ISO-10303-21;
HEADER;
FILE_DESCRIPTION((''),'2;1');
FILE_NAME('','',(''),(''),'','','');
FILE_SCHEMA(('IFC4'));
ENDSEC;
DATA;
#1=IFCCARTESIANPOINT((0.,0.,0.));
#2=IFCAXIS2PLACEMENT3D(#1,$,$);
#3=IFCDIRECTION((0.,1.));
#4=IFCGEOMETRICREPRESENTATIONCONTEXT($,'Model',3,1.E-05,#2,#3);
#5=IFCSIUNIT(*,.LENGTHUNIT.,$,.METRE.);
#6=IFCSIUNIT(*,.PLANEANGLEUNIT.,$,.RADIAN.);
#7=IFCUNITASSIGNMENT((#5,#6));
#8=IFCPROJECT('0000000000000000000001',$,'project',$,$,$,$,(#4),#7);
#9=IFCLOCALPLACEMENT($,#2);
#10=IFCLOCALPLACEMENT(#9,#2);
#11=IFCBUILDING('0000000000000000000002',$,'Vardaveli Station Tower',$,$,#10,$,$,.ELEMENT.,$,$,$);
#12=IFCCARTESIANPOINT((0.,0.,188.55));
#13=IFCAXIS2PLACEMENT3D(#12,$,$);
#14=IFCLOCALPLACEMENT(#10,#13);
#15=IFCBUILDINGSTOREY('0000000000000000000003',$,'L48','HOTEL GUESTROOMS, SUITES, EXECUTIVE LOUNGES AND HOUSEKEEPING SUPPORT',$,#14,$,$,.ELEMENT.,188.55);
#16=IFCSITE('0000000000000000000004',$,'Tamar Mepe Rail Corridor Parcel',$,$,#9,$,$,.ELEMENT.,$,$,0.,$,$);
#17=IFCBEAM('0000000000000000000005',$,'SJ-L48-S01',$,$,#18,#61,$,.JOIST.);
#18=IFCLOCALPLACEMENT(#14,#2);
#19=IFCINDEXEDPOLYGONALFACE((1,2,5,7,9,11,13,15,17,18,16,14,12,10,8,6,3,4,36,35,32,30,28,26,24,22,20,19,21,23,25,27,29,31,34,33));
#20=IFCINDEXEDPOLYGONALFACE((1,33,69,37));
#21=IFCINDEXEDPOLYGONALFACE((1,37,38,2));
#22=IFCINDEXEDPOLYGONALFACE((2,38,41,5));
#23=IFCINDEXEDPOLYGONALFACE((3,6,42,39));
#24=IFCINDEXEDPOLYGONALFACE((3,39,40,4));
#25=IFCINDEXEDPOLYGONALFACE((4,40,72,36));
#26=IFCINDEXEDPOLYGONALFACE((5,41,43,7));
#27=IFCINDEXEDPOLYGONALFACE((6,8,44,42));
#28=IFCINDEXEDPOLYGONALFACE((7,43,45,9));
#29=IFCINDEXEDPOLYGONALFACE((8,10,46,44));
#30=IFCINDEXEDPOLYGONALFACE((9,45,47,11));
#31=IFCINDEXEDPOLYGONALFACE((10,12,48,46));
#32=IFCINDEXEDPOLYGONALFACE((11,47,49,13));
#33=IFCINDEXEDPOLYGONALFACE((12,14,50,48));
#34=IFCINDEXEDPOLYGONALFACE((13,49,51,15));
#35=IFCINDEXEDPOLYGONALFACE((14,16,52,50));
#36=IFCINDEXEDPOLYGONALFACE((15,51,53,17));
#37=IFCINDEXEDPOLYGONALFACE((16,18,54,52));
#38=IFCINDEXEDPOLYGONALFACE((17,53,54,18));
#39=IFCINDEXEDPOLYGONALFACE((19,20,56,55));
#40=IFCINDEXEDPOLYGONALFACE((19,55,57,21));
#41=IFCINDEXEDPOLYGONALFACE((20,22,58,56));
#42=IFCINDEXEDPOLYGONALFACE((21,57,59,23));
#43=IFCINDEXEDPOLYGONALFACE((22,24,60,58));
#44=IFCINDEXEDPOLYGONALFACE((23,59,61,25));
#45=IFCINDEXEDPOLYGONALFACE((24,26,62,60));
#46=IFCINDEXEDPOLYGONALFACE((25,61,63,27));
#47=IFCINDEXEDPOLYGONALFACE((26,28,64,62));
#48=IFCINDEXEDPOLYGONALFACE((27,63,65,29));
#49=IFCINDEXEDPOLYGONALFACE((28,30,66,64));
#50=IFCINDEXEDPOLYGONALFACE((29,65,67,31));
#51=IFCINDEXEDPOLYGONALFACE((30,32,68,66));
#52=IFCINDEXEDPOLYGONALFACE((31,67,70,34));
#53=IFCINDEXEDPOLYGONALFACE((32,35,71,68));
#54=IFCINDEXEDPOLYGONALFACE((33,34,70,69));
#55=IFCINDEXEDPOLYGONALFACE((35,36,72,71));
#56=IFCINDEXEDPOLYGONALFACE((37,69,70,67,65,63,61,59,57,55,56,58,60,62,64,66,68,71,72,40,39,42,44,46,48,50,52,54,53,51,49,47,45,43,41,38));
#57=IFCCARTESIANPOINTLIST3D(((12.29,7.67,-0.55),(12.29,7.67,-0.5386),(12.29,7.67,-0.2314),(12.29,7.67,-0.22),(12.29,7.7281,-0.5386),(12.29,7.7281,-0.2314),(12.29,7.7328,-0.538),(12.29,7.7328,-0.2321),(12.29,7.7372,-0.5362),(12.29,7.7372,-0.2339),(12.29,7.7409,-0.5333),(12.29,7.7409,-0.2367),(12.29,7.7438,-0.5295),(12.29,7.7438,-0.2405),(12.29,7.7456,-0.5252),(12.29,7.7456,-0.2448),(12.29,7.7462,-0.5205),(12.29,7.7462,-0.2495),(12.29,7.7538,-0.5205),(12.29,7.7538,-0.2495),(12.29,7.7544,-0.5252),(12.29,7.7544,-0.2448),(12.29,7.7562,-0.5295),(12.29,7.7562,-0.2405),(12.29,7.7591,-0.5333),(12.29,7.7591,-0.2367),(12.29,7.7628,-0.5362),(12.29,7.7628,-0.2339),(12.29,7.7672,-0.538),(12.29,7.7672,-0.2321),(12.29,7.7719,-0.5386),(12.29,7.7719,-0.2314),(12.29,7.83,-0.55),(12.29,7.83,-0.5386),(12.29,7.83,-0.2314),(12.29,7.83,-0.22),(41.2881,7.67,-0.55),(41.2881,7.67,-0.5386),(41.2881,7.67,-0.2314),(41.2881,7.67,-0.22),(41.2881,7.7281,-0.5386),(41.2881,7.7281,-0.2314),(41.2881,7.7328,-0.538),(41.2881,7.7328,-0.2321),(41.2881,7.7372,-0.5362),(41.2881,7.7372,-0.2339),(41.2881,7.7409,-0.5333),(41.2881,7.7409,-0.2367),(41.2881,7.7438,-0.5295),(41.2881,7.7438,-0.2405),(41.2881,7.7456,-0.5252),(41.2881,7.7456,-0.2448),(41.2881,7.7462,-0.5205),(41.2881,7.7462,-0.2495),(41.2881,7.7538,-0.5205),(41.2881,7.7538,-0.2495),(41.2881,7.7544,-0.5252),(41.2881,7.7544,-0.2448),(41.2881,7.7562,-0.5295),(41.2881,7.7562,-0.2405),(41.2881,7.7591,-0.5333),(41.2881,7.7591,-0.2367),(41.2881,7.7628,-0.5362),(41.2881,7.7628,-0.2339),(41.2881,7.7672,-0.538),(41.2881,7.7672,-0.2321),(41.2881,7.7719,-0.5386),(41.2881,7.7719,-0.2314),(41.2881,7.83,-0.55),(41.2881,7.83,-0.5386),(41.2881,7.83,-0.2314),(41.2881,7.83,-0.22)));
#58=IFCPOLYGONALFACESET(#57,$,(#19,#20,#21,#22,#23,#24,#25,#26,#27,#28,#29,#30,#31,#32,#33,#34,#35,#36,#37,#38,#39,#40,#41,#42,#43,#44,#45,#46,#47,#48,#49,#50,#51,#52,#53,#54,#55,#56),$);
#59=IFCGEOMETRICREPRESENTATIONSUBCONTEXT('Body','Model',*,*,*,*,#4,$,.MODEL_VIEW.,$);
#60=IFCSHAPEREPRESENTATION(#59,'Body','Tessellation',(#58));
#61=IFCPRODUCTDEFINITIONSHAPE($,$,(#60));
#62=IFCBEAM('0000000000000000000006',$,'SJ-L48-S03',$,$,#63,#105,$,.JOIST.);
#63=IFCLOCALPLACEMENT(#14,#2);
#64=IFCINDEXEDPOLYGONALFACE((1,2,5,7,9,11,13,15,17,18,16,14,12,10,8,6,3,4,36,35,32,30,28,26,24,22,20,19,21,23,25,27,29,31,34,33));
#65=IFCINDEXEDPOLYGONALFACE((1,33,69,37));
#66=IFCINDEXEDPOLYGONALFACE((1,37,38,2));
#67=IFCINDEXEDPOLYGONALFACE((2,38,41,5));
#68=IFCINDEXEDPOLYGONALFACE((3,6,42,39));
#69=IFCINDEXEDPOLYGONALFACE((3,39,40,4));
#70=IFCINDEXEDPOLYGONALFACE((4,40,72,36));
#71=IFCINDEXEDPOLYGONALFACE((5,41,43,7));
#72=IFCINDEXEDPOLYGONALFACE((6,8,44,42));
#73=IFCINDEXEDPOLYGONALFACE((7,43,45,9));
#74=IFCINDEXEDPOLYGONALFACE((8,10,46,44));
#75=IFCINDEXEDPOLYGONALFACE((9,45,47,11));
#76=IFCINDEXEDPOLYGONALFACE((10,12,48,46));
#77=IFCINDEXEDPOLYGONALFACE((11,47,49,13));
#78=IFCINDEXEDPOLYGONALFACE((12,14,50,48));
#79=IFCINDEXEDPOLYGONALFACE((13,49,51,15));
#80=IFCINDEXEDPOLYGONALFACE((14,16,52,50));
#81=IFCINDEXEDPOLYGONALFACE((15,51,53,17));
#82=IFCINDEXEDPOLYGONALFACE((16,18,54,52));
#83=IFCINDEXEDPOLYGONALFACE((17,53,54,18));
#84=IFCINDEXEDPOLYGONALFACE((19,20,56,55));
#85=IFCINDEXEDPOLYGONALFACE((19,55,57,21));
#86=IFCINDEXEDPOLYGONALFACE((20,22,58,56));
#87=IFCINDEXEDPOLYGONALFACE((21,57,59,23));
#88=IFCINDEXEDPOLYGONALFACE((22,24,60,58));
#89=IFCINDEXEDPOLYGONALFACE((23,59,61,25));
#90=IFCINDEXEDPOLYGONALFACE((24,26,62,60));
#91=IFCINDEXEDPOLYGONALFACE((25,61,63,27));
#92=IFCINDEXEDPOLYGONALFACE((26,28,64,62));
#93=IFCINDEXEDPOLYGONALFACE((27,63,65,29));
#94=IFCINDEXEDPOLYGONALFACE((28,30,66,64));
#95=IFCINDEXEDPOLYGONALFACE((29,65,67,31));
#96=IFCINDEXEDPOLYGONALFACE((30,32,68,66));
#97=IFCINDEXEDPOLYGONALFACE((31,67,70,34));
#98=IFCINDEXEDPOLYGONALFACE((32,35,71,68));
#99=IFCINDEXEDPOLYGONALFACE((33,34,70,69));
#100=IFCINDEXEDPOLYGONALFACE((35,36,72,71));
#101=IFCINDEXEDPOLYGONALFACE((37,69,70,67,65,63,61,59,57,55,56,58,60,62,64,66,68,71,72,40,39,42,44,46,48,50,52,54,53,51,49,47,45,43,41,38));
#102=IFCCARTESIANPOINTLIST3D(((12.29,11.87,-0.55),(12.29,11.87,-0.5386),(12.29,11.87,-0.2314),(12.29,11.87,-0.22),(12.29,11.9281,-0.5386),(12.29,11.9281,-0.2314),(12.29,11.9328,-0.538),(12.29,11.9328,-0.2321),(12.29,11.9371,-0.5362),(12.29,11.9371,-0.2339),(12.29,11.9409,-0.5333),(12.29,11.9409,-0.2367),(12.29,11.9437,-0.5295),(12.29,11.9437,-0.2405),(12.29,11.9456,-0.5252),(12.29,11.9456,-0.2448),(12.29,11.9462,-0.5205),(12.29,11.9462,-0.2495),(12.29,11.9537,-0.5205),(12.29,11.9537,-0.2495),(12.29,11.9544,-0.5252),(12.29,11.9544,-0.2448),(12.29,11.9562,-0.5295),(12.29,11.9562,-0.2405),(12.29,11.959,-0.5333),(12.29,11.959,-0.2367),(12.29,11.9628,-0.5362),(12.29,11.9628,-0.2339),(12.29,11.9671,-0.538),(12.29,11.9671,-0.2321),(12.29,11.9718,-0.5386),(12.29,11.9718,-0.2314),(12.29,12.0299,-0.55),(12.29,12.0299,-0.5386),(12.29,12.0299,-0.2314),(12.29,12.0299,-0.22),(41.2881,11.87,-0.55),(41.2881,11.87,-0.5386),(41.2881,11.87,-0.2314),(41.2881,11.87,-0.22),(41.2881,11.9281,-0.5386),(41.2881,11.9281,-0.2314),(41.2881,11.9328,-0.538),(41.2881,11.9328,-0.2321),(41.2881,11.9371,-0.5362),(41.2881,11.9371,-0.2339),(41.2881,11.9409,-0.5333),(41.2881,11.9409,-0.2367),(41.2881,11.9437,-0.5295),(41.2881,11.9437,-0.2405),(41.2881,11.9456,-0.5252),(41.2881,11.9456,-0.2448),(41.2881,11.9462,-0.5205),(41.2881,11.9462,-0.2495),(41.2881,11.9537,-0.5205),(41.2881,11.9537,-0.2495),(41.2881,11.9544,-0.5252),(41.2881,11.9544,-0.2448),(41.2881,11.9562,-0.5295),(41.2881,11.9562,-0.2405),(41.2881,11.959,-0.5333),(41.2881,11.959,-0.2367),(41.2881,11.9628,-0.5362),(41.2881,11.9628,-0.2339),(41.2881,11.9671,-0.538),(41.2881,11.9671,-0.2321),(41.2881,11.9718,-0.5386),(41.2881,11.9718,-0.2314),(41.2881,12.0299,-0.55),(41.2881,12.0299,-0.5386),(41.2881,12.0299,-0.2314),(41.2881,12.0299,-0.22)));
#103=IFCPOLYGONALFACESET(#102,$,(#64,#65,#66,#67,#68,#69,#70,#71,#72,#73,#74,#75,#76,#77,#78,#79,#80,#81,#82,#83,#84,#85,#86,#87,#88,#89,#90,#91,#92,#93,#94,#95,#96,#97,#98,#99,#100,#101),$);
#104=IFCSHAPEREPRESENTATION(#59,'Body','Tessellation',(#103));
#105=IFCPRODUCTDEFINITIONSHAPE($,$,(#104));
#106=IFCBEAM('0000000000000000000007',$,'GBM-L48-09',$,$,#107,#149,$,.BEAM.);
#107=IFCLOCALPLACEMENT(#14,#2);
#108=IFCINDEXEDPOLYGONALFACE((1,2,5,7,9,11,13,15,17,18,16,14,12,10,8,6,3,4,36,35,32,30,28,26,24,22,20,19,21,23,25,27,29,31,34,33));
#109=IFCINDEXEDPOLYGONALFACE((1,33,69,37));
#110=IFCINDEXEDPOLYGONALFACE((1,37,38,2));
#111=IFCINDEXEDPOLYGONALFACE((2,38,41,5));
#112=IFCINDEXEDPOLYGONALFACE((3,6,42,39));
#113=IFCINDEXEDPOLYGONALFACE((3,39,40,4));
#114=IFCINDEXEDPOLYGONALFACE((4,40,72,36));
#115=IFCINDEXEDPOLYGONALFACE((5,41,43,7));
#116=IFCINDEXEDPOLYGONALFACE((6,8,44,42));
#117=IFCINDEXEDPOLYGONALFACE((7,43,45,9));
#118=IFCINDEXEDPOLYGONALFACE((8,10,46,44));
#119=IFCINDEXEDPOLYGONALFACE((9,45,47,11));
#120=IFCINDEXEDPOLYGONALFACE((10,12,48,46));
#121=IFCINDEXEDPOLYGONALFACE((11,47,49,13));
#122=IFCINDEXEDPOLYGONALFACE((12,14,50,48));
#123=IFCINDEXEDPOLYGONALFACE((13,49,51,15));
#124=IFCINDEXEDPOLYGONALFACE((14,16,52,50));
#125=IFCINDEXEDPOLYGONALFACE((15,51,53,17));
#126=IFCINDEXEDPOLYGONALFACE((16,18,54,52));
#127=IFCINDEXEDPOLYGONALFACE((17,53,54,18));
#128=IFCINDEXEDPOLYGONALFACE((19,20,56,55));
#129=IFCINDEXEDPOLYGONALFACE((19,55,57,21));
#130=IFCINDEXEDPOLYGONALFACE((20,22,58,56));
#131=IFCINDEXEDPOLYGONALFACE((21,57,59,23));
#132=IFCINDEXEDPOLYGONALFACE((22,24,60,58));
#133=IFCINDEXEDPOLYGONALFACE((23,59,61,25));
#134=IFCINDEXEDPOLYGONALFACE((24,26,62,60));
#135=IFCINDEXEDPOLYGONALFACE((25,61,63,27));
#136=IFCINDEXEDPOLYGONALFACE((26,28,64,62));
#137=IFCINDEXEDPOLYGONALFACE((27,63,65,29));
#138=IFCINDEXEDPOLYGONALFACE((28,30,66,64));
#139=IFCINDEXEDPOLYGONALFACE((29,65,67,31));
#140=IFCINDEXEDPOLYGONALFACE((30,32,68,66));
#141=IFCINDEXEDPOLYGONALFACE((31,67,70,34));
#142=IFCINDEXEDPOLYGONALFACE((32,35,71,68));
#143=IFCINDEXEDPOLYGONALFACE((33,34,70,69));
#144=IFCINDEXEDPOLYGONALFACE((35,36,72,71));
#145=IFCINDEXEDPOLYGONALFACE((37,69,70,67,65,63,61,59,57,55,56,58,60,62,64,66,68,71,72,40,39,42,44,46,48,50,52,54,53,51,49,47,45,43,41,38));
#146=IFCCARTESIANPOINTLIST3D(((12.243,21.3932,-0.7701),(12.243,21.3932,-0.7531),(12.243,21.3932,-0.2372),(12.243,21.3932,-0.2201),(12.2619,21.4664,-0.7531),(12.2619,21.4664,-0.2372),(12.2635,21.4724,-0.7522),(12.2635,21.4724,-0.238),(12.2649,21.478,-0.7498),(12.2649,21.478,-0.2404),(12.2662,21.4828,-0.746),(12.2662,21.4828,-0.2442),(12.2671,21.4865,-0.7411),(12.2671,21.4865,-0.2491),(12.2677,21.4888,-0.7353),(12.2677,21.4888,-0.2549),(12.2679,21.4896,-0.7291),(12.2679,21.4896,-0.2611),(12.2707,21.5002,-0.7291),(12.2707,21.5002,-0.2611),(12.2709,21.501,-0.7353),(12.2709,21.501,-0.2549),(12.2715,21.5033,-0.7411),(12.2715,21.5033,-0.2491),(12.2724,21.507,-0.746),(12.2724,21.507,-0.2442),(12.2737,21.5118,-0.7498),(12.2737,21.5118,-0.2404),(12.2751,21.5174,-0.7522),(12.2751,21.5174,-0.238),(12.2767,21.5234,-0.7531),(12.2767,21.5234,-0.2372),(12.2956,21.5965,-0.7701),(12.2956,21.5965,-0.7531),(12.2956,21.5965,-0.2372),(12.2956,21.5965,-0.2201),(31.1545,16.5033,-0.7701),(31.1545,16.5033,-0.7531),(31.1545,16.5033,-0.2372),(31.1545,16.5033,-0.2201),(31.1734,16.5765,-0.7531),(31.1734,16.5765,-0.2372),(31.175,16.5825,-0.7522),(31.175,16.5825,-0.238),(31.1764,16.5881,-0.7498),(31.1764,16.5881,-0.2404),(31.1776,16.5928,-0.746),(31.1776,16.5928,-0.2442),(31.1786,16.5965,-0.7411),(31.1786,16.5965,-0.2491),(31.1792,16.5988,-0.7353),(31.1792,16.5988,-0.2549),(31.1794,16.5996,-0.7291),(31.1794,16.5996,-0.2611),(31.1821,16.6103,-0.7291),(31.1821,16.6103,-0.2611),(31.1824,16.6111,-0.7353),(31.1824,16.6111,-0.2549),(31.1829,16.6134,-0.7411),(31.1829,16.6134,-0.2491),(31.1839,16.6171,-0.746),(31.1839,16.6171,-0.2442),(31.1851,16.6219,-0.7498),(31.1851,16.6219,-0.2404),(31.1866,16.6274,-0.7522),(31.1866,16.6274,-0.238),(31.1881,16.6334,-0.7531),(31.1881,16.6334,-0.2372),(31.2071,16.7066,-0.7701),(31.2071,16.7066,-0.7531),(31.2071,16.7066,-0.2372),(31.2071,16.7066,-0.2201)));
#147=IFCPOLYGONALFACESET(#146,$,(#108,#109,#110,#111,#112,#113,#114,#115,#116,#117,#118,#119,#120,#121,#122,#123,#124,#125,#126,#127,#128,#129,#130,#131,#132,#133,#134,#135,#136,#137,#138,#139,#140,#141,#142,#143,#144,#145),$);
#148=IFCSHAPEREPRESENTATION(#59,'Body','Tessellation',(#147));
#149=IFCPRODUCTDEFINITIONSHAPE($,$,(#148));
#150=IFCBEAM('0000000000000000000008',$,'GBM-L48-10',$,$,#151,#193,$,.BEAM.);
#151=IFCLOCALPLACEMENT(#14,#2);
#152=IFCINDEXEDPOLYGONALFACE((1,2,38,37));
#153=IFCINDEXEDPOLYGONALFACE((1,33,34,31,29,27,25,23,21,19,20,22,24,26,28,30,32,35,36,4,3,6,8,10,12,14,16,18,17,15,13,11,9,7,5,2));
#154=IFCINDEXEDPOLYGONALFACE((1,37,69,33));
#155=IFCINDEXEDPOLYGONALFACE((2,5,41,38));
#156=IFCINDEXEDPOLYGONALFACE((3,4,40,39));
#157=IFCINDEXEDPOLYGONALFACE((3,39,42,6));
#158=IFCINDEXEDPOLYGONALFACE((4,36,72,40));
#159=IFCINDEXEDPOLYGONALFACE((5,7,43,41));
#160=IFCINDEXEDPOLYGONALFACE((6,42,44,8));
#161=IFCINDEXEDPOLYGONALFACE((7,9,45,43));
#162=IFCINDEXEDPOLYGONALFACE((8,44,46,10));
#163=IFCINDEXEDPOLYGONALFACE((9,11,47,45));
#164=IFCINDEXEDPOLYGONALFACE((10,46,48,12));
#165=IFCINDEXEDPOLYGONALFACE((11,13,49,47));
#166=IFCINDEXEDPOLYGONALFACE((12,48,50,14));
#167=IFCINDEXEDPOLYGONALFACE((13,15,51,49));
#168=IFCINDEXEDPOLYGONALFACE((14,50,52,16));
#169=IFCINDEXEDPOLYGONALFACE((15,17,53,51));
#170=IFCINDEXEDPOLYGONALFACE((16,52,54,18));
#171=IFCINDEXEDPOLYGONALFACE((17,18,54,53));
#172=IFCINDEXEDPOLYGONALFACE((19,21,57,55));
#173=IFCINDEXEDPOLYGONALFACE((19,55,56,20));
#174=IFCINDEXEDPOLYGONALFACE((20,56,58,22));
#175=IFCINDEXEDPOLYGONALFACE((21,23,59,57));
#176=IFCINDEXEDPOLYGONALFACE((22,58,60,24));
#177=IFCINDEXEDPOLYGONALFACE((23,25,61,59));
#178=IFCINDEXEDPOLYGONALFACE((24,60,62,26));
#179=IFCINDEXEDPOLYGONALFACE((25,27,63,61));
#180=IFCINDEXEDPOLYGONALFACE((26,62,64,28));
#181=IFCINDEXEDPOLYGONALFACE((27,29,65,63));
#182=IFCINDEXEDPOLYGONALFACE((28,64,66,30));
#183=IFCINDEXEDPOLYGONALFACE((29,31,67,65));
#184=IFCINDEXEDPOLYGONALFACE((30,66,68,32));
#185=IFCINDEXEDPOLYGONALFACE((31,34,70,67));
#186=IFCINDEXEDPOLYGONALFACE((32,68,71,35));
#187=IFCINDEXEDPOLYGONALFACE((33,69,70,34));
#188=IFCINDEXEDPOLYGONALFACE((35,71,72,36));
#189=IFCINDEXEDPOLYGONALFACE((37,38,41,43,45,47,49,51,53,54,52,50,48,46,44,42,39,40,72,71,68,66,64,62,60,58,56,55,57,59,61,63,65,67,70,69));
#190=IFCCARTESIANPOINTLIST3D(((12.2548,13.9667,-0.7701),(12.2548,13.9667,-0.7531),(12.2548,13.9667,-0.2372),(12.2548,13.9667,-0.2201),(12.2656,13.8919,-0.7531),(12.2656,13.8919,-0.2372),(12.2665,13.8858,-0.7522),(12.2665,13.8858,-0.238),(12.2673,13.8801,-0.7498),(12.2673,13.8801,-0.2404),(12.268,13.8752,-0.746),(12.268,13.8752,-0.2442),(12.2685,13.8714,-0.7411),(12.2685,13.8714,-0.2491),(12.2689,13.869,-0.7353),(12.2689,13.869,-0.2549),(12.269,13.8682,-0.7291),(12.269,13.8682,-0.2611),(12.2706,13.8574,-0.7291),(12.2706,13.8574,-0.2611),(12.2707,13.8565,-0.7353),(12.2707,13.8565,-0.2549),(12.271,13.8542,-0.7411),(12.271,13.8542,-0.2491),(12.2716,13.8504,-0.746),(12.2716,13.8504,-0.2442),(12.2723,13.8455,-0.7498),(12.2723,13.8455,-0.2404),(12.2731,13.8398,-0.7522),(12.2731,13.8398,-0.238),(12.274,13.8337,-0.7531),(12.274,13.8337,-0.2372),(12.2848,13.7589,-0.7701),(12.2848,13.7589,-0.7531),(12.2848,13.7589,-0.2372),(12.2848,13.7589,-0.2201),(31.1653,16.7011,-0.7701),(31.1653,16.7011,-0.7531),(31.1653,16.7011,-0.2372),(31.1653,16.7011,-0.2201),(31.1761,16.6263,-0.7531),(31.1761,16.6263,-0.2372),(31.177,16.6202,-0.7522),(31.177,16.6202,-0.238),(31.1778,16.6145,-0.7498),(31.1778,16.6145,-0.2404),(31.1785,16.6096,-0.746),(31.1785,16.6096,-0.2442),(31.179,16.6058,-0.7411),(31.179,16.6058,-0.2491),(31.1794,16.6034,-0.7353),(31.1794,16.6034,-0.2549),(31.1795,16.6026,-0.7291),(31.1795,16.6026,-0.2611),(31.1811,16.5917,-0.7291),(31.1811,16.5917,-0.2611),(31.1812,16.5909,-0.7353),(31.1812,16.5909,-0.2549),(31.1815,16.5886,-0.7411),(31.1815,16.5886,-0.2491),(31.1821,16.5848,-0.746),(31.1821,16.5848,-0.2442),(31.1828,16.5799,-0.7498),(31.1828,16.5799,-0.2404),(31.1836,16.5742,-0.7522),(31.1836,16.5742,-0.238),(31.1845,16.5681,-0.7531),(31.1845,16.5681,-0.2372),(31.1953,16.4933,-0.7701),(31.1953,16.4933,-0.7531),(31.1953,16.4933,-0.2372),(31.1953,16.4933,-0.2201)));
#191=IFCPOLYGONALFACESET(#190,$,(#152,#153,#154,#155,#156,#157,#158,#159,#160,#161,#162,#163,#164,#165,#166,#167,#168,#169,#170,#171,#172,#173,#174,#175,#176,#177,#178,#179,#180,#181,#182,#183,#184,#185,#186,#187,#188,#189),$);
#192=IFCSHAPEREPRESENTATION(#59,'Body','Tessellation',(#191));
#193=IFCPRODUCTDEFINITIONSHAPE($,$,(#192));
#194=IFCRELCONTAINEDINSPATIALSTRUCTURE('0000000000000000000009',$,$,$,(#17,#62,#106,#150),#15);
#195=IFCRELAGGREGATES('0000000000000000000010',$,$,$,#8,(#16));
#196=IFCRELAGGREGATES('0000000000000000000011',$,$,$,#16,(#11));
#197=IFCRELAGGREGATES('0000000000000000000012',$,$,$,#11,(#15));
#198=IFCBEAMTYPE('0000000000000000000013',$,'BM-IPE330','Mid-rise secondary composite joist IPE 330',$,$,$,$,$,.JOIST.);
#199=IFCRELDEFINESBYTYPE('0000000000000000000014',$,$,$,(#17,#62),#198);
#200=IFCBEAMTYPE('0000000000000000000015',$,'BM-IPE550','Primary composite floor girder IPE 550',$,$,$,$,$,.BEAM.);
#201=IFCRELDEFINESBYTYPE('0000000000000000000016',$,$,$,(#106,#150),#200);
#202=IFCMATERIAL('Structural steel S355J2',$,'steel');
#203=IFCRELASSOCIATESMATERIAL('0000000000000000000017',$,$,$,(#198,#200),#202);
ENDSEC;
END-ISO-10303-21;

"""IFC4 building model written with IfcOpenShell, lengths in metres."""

from ifc_helpers import new_model, si_unit, direction, frame, origin, origin_2d, place, context, subcontext, project, spatial, i_section, extrude, source, transform, mapped, material, material_profile, profile_set, type_object, element, save


model = new_model("IFC4")

# Units and contexts
model_context = context("Model", 3, precision=1e-05, world=origin(), true_north=direction((0.0, 1.0)))
body_context = subcontext(model_context, "Body", "Model", "MODEL_VIEW")
ifc_project = project(units=[si_unit("LENGTHUNIT", "METRE"), si_unit("PLANEANGLEUNIT", "RADIAN")], contexts=[model_context])

# Site, building, storey
site_placement = place(None, origin())
site = spatial("IfcSite", under=ifc_project, at=site_placement, Name="Tamar Mepe Rail Corridor Parcel", CompositionType="ELEMENT", RefElevation=0.0)
building_placement = place(site_placement, origin())
building = spatial("IfcBuilding", under=site, at=building_placement, Name="Vardaveli Station Tower", CompositionType="ELEMENT")
storey_placement = place(building_placement, frame((0.0, 0.0, 188.55)))
storey = spatial("IfcBuildingStorey", under=building, at=storey_placement, Name="L48", Description="HOTEL GUESTROOMS, SUITES, EXECUTIVE LOUNGES AND HOUSEKEEPING SUPPORT", CompositionType="ELEMENT", Elevation=188.55)

# Beams
ifc_material_1 = material(Name="Structural steel S355J2", Category="steel")
ifc_material_profile_1 = material_profile(ifc_material_1, i_section(OverallWidth=0.1599, OverallDepth=0.3301, WebThickness=0.0076, FlangeThickness=0.0115, FilletRadius=0.0181, at=origin_2d()), Name="IPE 330")
ifc_profile_set_1 = profile_set([ifc_material_profile_1], Name="Structural steel S355J2")
beam_type_1 = type_object("IfcBeamType", Name="BM-IPE330", Description="Mid-rise secondary composite joist IPE 330", PredefinedType="JOIST", material=ifc_profile_set_1)
shared_shape_1 = source(origin(), body_context, "Body", "SweptSolid", [
    extrude(i_section(OverallWidth=0.1599, OverallDepth=0.3301, WebThickness=0.0076, FlangeThickness=0.0115, FilletRadius=0.0181, at=origin_2d()), origin(), (0.0, 0.0, 1.0), 28.998),
])
for number, where, z_axis, x_axis, name in (
    (1, (12.29, 7.75, -0.385), (1.0, 0.0, 0.0), (0.0, 1.0, 0.0), "SJ-L48-S01"),
    (2, (12.29, 11.95, -0.385), (1.0, 0.0, 0.0), (0.0, 1.0, 0.0), "SJ-L48-S03"),
):
    element("IfcBeam", number, at=place(storey_placement, frame(where, z_axis=z_axis, x_axis=x_axis)), inside=storey, type_object=beam_type_1, Name=name, PredefinedType="JOIST", context=body_context, shape_type="MappedRepresentation", body=[
        mapped(shared_shape_1, transform((0.0, 0.0, 0.0), scale=1.0)),
    ])
ifc_material_profile_2 = material_profile(ifc_material_1, i_section(OverallWidth=0.21, OverallDepth=0.55, WebThickness=0.011, FlangeThickness=0.0171, FilletRadius=0.0239, at=origin_2d()), Name="IPE 550")
ifc_profile_set_2 = profile_set([ifc_material_profile_2], Name="Structural steel S355J2")
beam_type_2 = type_object("IfcBeamType", Name="BM-IPE550", Description="Primary composite floor girder IPE 550", PredefinedType="BEAM", material=ifc_profile_set_2)
shared_shape_2 = source(origin(), body_context, "Body", "SweptSolid", [
    extrude(i_section(OverallWidth=0.21, OverallDepth=0.55, WebThickness=0.011, FlangeThickness=0.0171, FilletRadius=0.0239, at=origin_2d()), origin(), (0.0, 0.0, 1.0), 19.5334),
])
beam_1_placement = place(storey_placement, frame((12.2693, 21.4949, -0.4951), z_axis=(0.968159, -0.250336, 0.0), x_axis=(0.250336, 0.968159, 0.0)))
element("IfcBeam", 3, at=beam_1_placement, inside=storey, type_object=beam_type_2, Name="GBM-L48-09", PredefinedType="BEAM", context=body_context, shape_type="MappedRepresentation", body=[
    mapped(shared_shape_2, transform((0.0, 0.0, 0.0), scale=1.0)),
])
shared_shape_3 = source(origin(), body_context, "Body", "SweptSolid", [
    extrude(i_section(OverallWidth=0.21, OverallDepth=0.55, WebThickness=0.011, FlangeThickness=0.0171, FilletRadius=0.0239, at=origin_2d()), origin(), (0.0, 0.0, 1.0), 19.1072),
])
beam_2_placement = place(storey_placement, frame((12.2698, 13.8628, -0.4951), z_axis=(0.989707, 0.143108, 0.0), x_axis=(-0.143108, 0.989707, 0.0)))
element("IfcBeam", 4, at=beam_2_placement, inside=storey, type_object=beam_type_2, Name="GBM-L48-10", PredefinedType="BEAM", context=body_context, shape_type="MappedRepresentation", body=[
    mapped(shared_shape_3, transform((0.0, 0.0, 0.0), scale=1.0)),
])

save(model, "model.ifc")
